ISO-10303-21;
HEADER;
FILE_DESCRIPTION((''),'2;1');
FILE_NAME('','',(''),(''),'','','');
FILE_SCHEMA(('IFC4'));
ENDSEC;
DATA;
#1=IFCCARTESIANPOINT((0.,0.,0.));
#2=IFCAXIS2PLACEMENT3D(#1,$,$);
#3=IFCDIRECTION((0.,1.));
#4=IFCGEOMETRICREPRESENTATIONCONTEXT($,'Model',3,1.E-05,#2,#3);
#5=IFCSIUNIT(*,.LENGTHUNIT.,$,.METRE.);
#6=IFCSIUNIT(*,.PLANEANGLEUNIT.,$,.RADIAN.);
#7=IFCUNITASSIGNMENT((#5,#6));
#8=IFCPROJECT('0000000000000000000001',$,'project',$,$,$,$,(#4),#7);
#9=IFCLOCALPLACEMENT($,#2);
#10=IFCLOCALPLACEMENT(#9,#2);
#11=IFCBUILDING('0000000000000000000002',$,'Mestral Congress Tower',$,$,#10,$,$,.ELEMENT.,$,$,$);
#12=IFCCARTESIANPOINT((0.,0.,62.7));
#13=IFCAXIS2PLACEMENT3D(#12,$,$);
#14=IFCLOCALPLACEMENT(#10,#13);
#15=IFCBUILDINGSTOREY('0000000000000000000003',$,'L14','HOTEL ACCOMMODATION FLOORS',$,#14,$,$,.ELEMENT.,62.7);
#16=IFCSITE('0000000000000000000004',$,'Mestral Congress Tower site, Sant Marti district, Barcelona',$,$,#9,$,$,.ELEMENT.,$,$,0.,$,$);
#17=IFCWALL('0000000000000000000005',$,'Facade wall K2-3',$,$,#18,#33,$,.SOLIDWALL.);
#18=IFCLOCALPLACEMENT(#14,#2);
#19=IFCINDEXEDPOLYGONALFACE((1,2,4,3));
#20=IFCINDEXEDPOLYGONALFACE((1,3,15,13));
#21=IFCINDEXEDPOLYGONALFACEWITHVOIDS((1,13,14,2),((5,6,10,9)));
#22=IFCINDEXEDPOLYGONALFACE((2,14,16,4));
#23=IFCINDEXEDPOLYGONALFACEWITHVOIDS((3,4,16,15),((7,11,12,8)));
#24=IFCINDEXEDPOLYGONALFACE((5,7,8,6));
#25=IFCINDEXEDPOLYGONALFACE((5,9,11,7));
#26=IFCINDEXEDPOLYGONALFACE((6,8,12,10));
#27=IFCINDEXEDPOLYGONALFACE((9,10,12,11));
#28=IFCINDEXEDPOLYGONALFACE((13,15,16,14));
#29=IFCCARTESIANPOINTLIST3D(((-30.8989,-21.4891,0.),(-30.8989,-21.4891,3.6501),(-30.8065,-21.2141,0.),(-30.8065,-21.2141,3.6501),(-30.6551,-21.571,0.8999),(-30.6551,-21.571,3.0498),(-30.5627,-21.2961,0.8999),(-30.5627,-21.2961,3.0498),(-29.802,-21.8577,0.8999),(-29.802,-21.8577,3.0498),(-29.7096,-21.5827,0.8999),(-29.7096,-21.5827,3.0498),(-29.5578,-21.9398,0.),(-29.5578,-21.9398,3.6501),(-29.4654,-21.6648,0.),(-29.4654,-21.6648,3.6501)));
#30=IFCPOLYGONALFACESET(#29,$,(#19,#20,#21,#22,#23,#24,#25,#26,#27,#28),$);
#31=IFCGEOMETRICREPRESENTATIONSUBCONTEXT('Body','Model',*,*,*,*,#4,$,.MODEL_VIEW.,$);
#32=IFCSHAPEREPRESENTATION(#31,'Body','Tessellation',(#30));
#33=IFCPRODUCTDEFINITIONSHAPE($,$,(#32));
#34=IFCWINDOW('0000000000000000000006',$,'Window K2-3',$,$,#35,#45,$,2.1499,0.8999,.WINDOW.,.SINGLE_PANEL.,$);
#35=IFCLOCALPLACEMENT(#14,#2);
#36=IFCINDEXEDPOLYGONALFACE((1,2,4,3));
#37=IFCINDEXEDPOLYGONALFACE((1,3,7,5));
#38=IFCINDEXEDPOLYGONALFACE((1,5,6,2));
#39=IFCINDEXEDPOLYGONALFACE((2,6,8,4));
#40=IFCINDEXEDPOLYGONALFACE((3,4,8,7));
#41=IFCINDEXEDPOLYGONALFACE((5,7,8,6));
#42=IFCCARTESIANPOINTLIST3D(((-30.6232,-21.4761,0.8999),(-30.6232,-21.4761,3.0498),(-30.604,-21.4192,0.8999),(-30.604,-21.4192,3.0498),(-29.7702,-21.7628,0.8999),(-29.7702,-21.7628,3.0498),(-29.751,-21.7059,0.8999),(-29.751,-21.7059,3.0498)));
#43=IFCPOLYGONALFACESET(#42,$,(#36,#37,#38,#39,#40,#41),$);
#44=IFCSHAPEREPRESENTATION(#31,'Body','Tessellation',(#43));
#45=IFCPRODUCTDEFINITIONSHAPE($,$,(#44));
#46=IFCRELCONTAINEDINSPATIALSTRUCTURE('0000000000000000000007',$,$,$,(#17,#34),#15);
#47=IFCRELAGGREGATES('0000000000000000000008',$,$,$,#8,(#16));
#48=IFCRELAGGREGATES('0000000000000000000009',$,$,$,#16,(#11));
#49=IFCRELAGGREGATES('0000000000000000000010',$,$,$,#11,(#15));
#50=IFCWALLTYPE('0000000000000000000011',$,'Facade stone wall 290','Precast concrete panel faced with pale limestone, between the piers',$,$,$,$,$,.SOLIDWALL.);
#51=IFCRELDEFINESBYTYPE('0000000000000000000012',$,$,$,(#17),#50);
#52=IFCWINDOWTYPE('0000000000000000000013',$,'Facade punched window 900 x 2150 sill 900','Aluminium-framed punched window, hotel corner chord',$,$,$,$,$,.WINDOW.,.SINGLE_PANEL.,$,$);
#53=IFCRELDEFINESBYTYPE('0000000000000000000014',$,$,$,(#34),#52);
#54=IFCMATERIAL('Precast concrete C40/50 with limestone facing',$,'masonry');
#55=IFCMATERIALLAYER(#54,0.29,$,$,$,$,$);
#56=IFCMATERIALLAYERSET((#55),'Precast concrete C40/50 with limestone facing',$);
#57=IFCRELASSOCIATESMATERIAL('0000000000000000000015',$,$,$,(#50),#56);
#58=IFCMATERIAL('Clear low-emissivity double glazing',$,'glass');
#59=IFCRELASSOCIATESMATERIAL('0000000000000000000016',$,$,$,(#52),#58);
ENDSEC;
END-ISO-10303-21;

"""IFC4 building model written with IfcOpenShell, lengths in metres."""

from ifc_helpers import new_model, si_unit, direction, frame, frame_2d, origin, place, context, subcontext, project, spatial, rectangle, extrude, material, layer, layer_set, type_object, element, fill, save


model = new_model("IFC4")

# Units and contexts
model_context = context("Model", 3, precision=1e-05, world=origin(), true_north=direction((0.0, 1.0)))
body_context = subcontext(model_context, "Body", "Model", "MODEL_VIEW")
ifc_project = project(units=[si_unit("LENGTHUNIT", "METRE"), si_unit("PLANEANGLEUNIT", "RADIAN")], contexts=[model_context])

# Site, building, storey
site_placement = place(None, origin())
site = spatial("IfcSite", under=ifc_project, at=site_placement, Name="Mestral Congress Tower site, Sant Marti district, Barcelona", CompositionType="ELEMENT", RefElevation=0.0)
building_placement = place(site_placement, origin())
building = spatial("IfcBuilding", under=site, at=building_placement, Name="Mestral Congress Tower", CompositionType="ELEMENT")
storey_placement = place(building_placement, frame((0.0, 0.0, 62.7)))
storey = spatial("IfcBuildingStorey", under=building, at=storey_placement, Name="L14", Description="HOTEL ACCOMMODATION FLOORS", CompositionType="ELEMENT", Elevation=62.7)

# Shared definitions
ifc_material_1 = material(Name="Precast concrete C40/50 with limestone facing", Category="masonry")
ifc_layer = layer(ifc_material_1, 0.29)
ifc_layer_set = layer_set([ifc_layer], Name="Precast concrete C40/50 with limestone facing")
wall_type = type_object("IfcWallType", Name="Facade stone wall 290", Description="Precast concrete panel faced with pale limestone, between the piers", PredefinedType="SOLIDWALL", material=ifc_layer_set)
ifc_material_2 = material(Name="Clear low-emissivity double glazing", Category="glass")

# Wall, opening, window
wall_1_placement = place(storey_placement, frame((-30.8528, -21.3516, 0.0), z_axis=(0.0, 0.0, 1.0), x_axis=(0.947904, -0.318556, 0.0)))
wall_1 = element("IfcWall", 1, at=wall_1_placement, inside=storey, type_object=wall_type, Name="Facade wall K2-3", PredefinedType="SOLIDWALL", context=body_context, shape_type="SweptSolid", body=[
    extrude(rectangle(XDim=1.4148, YDim=0.29, at=frame_2d((0.7075, 0.0))), origin(), (0.0, 0.0, 1.0), 3.6501),
])
opening_1_placement = place(wall_1_placement, frame((0.2573, 0.0, 0.8999)))
opening_1 = element("IfcOpeningElement", 2, at=opening_1_placement, cuts=wall_1, PredefinedType="OPENING", context=body_context, shape_type="SweptSolid", body=[
    extrude(rectangle(XDim=0.8999, YDim=2.1499, at=frame_2d((0.45, 1.075))), frame((0.0, 0.155, 0.0), z_axis=(0.0, -1.0, 0.0), x_axis=(1.0, 0.0, 0.0)), (0.0, 0.0, 1.0), 0.3101),
])
window_type_1 = type_object("IfcWindowType", Name="Facade punched window 900 x 2150 sill 900", Description="Aluminium-framed punched window, hotel corner chord", PartitioningType="SINGLE_PANEL", PredefinedType="WINDOW", material=ifc_material_2)
window_1_placement = place(opening_1_placement, origin())
window_1 = element("IfcWindow", 3, at=window_1_placement, inside=storey, type_object=window_type_1, Name="Window K2-3", OverallHeight=2.1499, OverallWidth=0.8999, PartitioningType="SINGLE_PANEL", PredefinedType="WINDOW", context=body_context, shape_type="SweptSolid", body=[
    extrude(rectangle(XDim=0.8999, YDim=2.1499, at=frame_2d((0.45, 1.075))), frame((0.0, 0.0151, 0.0), z_axis=(0.0, -1.0, 0.0), x_axis=(1.0, 0.0, 0.0)), (0.0, 0.0, 1.0), 0.0601),
])
fill(opening_1, window_1)

save(model, "model.ifc")
